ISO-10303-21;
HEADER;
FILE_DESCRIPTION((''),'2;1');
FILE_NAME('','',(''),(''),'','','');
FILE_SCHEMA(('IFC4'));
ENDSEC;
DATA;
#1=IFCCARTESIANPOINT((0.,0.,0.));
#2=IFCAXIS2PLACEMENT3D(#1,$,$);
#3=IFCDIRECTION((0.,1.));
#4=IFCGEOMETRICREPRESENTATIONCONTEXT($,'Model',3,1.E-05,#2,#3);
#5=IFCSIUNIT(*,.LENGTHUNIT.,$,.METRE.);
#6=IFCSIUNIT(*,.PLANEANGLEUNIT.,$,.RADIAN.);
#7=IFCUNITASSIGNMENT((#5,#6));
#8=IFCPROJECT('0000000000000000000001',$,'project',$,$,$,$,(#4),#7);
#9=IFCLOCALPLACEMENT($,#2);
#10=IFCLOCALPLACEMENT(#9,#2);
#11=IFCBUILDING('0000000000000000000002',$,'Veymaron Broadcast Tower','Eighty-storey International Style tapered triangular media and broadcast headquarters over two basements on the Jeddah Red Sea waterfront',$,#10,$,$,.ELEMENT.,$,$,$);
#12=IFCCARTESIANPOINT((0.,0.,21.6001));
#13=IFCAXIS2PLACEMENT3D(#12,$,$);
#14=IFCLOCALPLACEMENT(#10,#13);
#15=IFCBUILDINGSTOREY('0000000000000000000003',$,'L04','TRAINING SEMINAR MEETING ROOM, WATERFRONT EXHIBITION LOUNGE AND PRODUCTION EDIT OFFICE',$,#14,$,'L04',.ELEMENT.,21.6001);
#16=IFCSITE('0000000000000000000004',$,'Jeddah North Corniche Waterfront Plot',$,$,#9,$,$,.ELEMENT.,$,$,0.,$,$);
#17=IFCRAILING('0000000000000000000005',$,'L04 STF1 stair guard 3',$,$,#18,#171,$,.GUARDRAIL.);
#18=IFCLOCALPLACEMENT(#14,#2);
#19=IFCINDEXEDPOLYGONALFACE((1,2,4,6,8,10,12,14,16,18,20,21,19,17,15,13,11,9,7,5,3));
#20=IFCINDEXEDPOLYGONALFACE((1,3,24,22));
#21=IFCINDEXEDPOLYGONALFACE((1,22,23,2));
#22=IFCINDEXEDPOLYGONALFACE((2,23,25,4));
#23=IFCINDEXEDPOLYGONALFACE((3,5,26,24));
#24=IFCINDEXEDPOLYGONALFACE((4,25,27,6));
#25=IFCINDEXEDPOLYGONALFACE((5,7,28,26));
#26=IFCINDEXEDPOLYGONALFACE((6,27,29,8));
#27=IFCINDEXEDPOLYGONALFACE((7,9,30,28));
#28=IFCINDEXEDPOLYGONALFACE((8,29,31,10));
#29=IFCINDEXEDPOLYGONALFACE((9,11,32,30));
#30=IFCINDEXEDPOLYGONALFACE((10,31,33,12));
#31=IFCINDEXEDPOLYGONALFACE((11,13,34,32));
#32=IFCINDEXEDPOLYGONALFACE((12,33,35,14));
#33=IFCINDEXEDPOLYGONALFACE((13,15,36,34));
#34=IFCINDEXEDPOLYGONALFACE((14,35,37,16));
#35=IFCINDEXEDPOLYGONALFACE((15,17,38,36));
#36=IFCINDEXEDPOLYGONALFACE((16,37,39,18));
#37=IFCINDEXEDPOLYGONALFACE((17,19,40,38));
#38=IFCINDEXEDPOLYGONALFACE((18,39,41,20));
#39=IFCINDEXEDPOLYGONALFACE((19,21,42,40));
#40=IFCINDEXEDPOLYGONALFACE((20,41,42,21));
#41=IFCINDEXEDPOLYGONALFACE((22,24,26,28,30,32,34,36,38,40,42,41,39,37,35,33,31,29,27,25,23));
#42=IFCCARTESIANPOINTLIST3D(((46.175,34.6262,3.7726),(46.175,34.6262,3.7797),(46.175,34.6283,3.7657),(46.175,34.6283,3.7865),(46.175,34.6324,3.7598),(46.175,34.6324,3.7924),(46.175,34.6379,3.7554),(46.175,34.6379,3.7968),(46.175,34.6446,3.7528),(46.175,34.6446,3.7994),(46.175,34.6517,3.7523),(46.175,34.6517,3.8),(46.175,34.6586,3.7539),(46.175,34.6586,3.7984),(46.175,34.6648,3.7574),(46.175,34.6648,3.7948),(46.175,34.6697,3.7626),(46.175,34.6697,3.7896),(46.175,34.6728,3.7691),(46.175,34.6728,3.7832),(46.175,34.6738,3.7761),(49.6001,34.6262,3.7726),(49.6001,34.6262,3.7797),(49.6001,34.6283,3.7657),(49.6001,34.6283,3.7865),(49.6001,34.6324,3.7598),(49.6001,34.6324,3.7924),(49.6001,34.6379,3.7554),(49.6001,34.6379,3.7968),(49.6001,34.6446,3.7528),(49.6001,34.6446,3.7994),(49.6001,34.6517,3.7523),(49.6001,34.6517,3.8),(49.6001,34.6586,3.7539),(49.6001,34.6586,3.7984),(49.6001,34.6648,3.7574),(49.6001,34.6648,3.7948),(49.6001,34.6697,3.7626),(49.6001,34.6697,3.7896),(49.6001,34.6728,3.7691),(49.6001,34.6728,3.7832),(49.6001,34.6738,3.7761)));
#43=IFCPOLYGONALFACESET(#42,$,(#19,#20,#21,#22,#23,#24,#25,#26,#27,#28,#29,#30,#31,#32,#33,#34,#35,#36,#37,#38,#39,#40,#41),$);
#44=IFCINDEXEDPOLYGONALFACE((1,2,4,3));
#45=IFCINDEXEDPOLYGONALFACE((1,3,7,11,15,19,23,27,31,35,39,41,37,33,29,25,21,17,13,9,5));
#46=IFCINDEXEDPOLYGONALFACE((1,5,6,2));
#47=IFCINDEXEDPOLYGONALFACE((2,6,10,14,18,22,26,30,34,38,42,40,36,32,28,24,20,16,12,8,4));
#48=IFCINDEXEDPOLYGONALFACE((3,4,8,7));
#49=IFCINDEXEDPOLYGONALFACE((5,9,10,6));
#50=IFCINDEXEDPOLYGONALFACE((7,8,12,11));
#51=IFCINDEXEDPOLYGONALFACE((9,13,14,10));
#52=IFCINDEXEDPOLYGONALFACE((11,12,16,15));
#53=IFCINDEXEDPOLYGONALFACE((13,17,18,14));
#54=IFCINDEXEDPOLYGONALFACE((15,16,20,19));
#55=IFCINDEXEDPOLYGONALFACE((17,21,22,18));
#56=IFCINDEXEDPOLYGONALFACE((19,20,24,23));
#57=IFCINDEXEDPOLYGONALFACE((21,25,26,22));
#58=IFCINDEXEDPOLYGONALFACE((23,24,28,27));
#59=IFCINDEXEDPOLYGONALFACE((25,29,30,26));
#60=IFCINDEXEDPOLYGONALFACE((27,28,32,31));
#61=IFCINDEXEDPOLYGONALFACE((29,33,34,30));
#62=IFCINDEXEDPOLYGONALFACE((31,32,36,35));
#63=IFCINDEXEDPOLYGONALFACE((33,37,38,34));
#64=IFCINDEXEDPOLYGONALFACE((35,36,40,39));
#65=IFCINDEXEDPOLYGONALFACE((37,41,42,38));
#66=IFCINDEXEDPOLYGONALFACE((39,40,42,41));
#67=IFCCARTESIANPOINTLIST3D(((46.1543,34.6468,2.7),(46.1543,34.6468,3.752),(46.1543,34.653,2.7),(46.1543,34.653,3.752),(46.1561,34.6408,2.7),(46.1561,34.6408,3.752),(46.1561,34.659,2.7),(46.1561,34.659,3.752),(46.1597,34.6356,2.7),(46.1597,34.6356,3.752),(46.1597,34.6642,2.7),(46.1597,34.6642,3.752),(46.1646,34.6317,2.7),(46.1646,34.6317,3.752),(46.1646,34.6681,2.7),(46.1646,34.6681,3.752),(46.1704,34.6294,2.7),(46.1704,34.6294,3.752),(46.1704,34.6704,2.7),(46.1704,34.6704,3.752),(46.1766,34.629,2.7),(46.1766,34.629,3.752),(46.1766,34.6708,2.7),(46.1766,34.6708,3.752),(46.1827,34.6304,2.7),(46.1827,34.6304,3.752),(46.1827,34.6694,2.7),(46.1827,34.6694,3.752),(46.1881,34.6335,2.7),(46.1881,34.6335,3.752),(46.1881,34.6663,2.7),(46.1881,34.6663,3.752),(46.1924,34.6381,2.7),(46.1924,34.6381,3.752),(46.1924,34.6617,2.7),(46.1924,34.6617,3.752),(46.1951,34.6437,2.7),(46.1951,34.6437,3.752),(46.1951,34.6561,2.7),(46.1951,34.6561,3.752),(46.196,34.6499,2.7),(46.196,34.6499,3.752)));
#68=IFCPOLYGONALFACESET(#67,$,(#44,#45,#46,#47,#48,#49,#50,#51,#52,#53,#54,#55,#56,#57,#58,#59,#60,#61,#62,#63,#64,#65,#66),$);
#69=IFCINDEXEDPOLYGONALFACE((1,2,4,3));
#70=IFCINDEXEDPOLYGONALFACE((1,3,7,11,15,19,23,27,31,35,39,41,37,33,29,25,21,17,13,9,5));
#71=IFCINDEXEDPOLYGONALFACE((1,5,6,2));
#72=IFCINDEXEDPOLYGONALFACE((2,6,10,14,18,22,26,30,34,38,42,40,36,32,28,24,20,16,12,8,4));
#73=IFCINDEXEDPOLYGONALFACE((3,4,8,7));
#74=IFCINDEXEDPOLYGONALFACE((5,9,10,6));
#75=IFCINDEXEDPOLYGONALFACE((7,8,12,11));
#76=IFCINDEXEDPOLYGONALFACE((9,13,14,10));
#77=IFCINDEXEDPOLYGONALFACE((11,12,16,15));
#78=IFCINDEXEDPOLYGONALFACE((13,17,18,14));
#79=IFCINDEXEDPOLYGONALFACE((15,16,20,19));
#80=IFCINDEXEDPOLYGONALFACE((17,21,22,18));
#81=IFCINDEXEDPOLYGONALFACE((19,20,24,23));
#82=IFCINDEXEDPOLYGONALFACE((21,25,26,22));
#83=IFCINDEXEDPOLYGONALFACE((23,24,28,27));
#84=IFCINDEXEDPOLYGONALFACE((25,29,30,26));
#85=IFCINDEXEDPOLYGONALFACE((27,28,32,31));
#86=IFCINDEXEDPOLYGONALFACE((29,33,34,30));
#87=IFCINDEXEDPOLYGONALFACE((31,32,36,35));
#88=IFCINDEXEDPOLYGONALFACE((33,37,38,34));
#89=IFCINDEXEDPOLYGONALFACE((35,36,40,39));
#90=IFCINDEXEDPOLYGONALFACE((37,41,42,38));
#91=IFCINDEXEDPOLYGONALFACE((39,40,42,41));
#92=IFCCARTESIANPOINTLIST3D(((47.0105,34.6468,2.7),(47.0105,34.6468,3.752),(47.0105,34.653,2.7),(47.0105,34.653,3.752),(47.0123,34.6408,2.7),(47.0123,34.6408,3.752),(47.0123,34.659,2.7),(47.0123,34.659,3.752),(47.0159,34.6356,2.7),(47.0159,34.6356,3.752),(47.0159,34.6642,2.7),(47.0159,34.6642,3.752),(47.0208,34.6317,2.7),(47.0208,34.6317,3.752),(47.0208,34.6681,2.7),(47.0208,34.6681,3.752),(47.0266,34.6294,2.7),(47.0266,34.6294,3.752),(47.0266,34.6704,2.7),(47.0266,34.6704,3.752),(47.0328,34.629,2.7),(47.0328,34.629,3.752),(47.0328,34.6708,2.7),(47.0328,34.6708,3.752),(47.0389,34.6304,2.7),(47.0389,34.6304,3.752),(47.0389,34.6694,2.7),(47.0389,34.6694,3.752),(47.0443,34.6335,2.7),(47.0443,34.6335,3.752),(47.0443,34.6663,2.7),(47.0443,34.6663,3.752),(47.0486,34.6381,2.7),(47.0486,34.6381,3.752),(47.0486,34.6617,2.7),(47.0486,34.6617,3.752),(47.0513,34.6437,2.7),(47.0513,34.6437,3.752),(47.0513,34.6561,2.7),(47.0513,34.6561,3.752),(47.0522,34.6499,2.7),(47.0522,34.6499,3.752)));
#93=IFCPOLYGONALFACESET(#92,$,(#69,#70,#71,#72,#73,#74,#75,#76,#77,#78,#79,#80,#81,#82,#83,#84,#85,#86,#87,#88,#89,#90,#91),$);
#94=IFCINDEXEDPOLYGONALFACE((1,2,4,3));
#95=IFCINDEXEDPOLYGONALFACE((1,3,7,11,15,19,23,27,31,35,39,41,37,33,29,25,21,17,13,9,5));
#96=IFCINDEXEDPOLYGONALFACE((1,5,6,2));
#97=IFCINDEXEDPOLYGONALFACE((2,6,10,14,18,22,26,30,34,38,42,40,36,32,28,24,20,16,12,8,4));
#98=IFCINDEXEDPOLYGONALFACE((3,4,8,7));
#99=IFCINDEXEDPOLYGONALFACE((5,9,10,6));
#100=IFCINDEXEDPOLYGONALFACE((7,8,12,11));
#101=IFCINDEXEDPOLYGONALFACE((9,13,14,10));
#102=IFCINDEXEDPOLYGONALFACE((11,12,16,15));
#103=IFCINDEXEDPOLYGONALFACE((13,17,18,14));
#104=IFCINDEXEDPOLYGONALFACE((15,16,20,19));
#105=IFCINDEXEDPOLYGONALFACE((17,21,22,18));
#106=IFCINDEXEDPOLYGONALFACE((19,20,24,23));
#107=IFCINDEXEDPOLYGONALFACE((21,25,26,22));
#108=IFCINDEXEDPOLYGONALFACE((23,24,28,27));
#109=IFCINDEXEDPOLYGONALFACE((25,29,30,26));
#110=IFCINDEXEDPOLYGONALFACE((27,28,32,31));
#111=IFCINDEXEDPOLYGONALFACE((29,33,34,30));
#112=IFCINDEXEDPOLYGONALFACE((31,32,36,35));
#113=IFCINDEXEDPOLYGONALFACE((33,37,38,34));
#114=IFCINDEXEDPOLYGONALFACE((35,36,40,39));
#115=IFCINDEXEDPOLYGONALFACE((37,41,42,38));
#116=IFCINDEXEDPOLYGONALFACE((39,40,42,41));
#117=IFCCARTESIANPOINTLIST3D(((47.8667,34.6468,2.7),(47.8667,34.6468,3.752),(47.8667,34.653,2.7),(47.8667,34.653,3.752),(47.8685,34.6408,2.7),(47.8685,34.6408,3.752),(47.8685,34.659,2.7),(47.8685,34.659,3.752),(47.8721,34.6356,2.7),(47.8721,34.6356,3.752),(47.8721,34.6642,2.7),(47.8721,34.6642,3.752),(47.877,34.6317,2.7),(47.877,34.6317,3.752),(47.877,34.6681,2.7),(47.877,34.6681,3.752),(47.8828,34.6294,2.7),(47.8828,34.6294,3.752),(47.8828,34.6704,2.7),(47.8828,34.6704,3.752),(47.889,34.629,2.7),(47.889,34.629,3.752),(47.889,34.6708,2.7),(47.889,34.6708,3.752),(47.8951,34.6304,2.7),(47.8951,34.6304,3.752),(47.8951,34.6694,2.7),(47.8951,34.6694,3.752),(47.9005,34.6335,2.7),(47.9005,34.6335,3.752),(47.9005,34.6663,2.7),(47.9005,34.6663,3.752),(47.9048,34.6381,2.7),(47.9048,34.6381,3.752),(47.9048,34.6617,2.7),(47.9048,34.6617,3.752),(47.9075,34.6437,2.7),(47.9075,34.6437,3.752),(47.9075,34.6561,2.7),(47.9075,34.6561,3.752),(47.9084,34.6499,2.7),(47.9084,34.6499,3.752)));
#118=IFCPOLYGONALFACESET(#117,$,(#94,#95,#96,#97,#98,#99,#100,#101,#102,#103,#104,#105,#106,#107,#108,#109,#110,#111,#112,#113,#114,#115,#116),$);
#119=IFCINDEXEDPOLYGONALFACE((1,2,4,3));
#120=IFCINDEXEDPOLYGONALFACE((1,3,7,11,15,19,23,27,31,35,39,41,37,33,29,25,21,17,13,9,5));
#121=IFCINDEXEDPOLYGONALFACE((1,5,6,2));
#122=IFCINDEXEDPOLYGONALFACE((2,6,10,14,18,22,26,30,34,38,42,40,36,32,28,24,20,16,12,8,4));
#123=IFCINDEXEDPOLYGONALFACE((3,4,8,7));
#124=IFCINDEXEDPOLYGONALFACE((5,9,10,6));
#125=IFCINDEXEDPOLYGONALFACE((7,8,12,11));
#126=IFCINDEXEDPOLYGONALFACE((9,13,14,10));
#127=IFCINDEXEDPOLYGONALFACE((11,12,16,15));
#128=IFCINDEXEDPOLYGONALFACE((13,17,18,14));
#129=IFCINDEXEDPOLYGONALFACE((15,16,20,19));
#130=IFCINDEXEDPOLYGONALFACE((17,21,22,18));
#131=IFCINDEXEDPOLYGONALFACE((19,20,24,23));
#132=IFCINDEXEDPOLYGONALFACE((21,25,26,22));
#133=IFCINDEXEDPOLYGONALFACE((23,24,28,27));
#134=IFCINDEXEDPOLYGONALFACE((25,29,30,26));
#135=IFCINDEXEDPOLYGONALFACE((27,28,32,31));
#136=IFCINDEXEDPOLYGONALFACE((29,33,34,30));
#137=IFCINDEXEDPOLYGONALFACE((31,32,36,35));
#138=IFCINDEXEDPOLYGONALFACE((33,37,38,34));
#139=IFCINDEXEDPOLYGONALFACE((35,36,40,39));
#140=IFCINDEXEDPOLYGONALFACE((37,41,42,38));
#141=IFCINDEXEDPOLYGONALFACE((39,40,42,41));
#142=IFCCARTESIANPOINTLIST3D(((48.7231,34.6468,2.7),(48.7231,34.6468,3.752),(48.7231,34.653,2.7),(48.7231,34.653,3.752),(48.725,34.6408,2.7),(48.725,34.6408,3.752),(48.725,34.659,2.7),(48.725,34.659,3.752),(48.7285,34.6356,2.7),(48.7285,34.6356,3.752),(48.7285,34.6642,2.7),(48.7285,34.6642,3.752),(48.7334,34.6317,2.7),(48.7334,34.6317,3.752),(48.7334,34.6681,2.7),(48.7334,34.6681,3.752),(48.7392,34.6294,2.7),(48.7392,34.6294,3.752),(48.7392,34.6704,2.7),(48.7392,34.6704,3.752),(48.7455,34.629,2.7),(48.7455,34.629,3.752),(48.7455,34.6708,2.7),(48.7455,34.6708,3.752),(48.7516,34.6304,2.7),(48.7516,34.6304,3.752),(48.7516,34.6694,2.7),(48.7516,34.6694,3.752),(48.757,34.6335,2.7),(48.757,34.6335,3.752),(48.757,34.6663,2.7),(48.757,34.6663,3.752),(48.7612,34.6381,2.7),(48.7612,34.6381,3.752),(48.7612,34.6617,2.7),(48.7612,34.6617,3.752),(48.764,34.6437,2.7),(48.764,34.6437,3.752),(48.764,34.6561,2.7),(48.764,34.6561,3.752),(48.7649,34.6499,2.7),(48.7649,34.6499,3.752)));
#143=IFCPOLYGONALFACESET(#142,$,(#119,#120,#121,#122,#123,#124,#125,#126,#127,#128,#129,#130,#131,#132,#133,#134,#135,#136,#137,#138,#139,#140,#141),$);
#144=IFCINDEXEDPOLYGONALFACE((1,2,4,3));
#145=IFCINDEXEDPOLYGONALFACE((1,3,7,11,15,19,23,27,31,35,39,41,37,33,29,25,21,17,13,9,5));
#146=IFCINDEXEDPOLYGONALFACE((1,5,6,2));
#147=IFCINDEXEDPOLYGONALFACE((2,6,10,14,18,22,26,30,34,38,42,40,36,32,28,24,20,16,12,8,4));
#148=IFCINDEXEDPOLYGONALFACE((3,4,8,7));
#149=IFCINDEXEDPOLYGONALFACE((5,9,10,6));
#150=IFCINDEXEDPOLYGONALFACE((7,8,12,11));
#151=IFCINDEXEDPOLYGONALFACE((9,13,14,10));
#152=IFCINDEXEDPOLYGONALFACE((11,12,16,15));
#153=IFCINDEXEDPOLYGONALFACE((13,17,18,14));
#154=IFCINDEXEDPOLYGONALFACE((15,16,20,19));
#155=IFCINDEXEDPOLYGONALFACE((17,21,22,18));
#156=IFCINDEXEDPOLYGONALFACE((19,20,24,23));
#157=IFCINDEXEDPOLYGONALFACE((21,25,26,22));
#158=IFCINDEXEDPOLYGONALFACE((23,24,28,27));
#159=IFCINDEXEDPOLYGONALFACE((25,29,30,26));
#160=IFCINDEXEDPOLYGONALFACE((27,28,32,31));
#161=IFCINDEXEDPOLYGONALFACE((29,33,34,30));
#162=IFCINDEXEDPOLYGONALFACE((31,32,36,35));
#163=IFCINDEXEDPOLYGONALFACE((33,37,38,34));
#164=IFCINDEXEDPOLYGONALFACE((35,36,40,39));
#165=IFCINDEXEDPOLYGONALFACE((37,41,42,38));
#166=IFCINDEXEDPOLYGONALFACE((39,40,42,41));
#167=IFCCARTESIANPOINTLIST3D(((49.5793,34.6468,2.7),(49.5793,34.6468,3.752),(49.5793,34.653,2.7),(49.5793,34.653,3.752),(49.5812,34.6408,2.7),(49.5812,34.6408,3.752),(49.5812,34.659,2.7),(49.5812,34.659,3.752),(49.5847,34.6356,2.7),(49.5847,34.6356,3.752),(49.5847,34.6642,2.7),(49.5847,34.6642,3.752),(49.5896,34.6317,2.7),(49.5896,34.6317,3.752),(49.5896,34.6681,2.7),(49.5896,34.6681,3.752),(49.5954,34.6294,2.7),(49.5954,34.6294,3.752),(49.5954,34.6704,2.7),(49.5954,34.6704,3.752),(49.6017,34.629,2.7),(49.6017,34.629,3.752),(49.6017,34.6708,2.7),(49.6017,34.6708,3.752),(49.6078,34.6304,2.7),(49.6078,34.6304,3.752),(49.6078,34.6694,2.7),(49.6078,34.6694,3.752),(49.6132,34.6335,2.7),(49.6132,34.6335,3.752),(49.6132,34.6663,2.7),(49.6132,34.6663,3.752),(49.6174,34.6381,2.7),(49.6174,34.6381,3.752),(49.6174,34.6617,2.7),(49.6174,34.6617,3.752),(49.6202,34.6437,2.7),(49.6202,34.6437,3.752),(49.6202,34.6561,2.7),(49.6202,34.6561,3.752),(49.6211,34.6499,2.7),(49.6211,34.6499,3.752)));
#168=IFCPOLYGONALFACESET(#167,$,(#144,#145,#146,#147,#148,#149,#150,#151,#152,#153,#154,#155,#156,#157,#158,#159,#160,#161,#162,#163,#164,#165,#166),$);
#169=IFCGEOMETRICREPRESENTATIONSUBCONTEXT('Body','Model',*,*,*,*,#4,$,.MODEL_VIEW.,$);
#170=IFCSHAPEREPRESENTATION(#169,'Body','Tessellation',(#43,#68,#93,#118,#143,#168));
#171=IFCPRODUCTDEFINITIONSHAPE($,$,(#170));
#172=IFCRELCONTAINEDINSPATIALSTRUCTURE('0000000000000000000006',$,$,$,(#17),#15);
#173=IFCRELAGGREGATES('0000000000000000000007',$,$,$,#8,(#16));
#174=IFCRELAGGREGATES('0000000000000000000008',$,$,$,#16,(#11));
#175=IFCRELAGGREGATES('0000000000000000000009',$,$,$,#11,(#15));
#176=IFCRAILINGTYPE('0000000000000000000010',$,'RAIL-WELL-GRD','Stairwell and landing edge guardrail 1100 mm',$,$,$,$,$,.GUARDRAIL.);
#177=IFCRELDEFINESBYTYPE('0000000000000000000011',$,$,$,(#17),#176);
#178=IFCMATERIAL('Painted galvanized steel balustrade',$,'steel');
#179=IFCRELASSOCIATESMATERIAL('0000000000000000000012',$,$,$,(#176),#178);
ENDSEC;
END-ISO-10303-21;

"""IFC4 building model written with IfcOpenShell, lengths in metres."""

from ifc_helpers import new_model, si_unit, direction, frame, origin, origin_2d, place, context, subcontext, project, spatial, circle, extrude, material, type_object, element, save


model = new_model("IFC4")

# Units and contexts
model_context = context("Model", 3, precision=1e-05, world=origin(), true_north=direction((0.0, 1.0)))
body_context = subcontext(model_context, "Body", "Model", "MODEL_VIEW")
ifc_project = project(units=[si_unit("LENGTHUNIT", "METRE"), si_unit("PLANEANGLEUNIT", "RADIAN")], contexts=[model_context])

# Site, building, storey
site_placement = place(None, origin())
site = spatial("IfcSite", under=ifc_project, at=site_placement, Name="Jeddah North Corniche Waterfront Plot", CompositionType="ELEMENT", RefElevation=0.0)
building_placement = place(site_placement, origin())
building = spatial("IfcBuilding", under=site, at=building_placement, Name="Veymaron Broadcast Tower", Description="Eighty-storey International Style tapered triangular media and broadcast headquarters over two basements on the Jeddah Red Sea waterfront", CompositionType="ELEMENT")
storey_placement = place(building_placement, frame((0.0, 0.0, 21.6001)))
storey = spatial("IfcBuildingStorey", under=building, at=storey_placement, Name="L04", Description="TRAINING SEMINAR MEETING ROOM, WATERFRONT EXHIBITION LOUNGE AND PRODUCTION EDIT OFFICE", LongName="L04", CompositionType="ELEMENT", Elevation=21.6001)

# Railing
ifc_material_1 = material(Name="Painted galvanized steel balustrade", Category="steel")
railing_type_1 = type_object("IfcRailingType", Name="RAIL-WELL-GRD", Description="Stairwell and landing edge guardrail 1100 mm", PredefinedType="GUARDRAIL", material=ifc_material_1)
railing_1_placement = place(storey_placement, frame((46.175, 34.6499, 2.7)))
element("IfcRailing", 1, at=railing_1_placement, inside=storey, type_object=railing_type_1, Name="L04 STF1 stair guard 3", PredefinedType="GUARDRAIL", context=body_context, shape_type="SweptSolid", body=[
    extrude(circle(Radius=0.0239, at=origin_2d()), frame((0.0, 0.0, 1.0762), z_axis=(1.0, 0.0, 0.0), x_axis=(0.0, 1.0, 0.0)), (0.0, 0.0, 1.0), 3.425),
    extrude(circle(Radius=0.021, at=origin_2d()), origin(), (0.0, 0.0, 1.0), 1.052),
    extrude(circle(Radius=0.021, at=origin_2d()), frame((0.8562, 0.0, 0.0)), (0.0, 0.0, 1.0), 1.052),
    extrude(circle(Radius=0.021, at=origin_2d()), frame((1.7124, 0.0, 0.0)), (0.0, 0.0, 1.0), 1.052),
    extrude(circle(Radius=0.021, at=origin_2d()), frame((2.5688, 0.0, 0.0)), (0.0, 0.0, 1.0), 1.052),
    extrude(circle(Radius=0.021, at=origin_2d()), frame((3.425, 0.0, 0.0)), (0.0, 0.0, 1.0), 1.052),
])

save(model, "model.ifc")
